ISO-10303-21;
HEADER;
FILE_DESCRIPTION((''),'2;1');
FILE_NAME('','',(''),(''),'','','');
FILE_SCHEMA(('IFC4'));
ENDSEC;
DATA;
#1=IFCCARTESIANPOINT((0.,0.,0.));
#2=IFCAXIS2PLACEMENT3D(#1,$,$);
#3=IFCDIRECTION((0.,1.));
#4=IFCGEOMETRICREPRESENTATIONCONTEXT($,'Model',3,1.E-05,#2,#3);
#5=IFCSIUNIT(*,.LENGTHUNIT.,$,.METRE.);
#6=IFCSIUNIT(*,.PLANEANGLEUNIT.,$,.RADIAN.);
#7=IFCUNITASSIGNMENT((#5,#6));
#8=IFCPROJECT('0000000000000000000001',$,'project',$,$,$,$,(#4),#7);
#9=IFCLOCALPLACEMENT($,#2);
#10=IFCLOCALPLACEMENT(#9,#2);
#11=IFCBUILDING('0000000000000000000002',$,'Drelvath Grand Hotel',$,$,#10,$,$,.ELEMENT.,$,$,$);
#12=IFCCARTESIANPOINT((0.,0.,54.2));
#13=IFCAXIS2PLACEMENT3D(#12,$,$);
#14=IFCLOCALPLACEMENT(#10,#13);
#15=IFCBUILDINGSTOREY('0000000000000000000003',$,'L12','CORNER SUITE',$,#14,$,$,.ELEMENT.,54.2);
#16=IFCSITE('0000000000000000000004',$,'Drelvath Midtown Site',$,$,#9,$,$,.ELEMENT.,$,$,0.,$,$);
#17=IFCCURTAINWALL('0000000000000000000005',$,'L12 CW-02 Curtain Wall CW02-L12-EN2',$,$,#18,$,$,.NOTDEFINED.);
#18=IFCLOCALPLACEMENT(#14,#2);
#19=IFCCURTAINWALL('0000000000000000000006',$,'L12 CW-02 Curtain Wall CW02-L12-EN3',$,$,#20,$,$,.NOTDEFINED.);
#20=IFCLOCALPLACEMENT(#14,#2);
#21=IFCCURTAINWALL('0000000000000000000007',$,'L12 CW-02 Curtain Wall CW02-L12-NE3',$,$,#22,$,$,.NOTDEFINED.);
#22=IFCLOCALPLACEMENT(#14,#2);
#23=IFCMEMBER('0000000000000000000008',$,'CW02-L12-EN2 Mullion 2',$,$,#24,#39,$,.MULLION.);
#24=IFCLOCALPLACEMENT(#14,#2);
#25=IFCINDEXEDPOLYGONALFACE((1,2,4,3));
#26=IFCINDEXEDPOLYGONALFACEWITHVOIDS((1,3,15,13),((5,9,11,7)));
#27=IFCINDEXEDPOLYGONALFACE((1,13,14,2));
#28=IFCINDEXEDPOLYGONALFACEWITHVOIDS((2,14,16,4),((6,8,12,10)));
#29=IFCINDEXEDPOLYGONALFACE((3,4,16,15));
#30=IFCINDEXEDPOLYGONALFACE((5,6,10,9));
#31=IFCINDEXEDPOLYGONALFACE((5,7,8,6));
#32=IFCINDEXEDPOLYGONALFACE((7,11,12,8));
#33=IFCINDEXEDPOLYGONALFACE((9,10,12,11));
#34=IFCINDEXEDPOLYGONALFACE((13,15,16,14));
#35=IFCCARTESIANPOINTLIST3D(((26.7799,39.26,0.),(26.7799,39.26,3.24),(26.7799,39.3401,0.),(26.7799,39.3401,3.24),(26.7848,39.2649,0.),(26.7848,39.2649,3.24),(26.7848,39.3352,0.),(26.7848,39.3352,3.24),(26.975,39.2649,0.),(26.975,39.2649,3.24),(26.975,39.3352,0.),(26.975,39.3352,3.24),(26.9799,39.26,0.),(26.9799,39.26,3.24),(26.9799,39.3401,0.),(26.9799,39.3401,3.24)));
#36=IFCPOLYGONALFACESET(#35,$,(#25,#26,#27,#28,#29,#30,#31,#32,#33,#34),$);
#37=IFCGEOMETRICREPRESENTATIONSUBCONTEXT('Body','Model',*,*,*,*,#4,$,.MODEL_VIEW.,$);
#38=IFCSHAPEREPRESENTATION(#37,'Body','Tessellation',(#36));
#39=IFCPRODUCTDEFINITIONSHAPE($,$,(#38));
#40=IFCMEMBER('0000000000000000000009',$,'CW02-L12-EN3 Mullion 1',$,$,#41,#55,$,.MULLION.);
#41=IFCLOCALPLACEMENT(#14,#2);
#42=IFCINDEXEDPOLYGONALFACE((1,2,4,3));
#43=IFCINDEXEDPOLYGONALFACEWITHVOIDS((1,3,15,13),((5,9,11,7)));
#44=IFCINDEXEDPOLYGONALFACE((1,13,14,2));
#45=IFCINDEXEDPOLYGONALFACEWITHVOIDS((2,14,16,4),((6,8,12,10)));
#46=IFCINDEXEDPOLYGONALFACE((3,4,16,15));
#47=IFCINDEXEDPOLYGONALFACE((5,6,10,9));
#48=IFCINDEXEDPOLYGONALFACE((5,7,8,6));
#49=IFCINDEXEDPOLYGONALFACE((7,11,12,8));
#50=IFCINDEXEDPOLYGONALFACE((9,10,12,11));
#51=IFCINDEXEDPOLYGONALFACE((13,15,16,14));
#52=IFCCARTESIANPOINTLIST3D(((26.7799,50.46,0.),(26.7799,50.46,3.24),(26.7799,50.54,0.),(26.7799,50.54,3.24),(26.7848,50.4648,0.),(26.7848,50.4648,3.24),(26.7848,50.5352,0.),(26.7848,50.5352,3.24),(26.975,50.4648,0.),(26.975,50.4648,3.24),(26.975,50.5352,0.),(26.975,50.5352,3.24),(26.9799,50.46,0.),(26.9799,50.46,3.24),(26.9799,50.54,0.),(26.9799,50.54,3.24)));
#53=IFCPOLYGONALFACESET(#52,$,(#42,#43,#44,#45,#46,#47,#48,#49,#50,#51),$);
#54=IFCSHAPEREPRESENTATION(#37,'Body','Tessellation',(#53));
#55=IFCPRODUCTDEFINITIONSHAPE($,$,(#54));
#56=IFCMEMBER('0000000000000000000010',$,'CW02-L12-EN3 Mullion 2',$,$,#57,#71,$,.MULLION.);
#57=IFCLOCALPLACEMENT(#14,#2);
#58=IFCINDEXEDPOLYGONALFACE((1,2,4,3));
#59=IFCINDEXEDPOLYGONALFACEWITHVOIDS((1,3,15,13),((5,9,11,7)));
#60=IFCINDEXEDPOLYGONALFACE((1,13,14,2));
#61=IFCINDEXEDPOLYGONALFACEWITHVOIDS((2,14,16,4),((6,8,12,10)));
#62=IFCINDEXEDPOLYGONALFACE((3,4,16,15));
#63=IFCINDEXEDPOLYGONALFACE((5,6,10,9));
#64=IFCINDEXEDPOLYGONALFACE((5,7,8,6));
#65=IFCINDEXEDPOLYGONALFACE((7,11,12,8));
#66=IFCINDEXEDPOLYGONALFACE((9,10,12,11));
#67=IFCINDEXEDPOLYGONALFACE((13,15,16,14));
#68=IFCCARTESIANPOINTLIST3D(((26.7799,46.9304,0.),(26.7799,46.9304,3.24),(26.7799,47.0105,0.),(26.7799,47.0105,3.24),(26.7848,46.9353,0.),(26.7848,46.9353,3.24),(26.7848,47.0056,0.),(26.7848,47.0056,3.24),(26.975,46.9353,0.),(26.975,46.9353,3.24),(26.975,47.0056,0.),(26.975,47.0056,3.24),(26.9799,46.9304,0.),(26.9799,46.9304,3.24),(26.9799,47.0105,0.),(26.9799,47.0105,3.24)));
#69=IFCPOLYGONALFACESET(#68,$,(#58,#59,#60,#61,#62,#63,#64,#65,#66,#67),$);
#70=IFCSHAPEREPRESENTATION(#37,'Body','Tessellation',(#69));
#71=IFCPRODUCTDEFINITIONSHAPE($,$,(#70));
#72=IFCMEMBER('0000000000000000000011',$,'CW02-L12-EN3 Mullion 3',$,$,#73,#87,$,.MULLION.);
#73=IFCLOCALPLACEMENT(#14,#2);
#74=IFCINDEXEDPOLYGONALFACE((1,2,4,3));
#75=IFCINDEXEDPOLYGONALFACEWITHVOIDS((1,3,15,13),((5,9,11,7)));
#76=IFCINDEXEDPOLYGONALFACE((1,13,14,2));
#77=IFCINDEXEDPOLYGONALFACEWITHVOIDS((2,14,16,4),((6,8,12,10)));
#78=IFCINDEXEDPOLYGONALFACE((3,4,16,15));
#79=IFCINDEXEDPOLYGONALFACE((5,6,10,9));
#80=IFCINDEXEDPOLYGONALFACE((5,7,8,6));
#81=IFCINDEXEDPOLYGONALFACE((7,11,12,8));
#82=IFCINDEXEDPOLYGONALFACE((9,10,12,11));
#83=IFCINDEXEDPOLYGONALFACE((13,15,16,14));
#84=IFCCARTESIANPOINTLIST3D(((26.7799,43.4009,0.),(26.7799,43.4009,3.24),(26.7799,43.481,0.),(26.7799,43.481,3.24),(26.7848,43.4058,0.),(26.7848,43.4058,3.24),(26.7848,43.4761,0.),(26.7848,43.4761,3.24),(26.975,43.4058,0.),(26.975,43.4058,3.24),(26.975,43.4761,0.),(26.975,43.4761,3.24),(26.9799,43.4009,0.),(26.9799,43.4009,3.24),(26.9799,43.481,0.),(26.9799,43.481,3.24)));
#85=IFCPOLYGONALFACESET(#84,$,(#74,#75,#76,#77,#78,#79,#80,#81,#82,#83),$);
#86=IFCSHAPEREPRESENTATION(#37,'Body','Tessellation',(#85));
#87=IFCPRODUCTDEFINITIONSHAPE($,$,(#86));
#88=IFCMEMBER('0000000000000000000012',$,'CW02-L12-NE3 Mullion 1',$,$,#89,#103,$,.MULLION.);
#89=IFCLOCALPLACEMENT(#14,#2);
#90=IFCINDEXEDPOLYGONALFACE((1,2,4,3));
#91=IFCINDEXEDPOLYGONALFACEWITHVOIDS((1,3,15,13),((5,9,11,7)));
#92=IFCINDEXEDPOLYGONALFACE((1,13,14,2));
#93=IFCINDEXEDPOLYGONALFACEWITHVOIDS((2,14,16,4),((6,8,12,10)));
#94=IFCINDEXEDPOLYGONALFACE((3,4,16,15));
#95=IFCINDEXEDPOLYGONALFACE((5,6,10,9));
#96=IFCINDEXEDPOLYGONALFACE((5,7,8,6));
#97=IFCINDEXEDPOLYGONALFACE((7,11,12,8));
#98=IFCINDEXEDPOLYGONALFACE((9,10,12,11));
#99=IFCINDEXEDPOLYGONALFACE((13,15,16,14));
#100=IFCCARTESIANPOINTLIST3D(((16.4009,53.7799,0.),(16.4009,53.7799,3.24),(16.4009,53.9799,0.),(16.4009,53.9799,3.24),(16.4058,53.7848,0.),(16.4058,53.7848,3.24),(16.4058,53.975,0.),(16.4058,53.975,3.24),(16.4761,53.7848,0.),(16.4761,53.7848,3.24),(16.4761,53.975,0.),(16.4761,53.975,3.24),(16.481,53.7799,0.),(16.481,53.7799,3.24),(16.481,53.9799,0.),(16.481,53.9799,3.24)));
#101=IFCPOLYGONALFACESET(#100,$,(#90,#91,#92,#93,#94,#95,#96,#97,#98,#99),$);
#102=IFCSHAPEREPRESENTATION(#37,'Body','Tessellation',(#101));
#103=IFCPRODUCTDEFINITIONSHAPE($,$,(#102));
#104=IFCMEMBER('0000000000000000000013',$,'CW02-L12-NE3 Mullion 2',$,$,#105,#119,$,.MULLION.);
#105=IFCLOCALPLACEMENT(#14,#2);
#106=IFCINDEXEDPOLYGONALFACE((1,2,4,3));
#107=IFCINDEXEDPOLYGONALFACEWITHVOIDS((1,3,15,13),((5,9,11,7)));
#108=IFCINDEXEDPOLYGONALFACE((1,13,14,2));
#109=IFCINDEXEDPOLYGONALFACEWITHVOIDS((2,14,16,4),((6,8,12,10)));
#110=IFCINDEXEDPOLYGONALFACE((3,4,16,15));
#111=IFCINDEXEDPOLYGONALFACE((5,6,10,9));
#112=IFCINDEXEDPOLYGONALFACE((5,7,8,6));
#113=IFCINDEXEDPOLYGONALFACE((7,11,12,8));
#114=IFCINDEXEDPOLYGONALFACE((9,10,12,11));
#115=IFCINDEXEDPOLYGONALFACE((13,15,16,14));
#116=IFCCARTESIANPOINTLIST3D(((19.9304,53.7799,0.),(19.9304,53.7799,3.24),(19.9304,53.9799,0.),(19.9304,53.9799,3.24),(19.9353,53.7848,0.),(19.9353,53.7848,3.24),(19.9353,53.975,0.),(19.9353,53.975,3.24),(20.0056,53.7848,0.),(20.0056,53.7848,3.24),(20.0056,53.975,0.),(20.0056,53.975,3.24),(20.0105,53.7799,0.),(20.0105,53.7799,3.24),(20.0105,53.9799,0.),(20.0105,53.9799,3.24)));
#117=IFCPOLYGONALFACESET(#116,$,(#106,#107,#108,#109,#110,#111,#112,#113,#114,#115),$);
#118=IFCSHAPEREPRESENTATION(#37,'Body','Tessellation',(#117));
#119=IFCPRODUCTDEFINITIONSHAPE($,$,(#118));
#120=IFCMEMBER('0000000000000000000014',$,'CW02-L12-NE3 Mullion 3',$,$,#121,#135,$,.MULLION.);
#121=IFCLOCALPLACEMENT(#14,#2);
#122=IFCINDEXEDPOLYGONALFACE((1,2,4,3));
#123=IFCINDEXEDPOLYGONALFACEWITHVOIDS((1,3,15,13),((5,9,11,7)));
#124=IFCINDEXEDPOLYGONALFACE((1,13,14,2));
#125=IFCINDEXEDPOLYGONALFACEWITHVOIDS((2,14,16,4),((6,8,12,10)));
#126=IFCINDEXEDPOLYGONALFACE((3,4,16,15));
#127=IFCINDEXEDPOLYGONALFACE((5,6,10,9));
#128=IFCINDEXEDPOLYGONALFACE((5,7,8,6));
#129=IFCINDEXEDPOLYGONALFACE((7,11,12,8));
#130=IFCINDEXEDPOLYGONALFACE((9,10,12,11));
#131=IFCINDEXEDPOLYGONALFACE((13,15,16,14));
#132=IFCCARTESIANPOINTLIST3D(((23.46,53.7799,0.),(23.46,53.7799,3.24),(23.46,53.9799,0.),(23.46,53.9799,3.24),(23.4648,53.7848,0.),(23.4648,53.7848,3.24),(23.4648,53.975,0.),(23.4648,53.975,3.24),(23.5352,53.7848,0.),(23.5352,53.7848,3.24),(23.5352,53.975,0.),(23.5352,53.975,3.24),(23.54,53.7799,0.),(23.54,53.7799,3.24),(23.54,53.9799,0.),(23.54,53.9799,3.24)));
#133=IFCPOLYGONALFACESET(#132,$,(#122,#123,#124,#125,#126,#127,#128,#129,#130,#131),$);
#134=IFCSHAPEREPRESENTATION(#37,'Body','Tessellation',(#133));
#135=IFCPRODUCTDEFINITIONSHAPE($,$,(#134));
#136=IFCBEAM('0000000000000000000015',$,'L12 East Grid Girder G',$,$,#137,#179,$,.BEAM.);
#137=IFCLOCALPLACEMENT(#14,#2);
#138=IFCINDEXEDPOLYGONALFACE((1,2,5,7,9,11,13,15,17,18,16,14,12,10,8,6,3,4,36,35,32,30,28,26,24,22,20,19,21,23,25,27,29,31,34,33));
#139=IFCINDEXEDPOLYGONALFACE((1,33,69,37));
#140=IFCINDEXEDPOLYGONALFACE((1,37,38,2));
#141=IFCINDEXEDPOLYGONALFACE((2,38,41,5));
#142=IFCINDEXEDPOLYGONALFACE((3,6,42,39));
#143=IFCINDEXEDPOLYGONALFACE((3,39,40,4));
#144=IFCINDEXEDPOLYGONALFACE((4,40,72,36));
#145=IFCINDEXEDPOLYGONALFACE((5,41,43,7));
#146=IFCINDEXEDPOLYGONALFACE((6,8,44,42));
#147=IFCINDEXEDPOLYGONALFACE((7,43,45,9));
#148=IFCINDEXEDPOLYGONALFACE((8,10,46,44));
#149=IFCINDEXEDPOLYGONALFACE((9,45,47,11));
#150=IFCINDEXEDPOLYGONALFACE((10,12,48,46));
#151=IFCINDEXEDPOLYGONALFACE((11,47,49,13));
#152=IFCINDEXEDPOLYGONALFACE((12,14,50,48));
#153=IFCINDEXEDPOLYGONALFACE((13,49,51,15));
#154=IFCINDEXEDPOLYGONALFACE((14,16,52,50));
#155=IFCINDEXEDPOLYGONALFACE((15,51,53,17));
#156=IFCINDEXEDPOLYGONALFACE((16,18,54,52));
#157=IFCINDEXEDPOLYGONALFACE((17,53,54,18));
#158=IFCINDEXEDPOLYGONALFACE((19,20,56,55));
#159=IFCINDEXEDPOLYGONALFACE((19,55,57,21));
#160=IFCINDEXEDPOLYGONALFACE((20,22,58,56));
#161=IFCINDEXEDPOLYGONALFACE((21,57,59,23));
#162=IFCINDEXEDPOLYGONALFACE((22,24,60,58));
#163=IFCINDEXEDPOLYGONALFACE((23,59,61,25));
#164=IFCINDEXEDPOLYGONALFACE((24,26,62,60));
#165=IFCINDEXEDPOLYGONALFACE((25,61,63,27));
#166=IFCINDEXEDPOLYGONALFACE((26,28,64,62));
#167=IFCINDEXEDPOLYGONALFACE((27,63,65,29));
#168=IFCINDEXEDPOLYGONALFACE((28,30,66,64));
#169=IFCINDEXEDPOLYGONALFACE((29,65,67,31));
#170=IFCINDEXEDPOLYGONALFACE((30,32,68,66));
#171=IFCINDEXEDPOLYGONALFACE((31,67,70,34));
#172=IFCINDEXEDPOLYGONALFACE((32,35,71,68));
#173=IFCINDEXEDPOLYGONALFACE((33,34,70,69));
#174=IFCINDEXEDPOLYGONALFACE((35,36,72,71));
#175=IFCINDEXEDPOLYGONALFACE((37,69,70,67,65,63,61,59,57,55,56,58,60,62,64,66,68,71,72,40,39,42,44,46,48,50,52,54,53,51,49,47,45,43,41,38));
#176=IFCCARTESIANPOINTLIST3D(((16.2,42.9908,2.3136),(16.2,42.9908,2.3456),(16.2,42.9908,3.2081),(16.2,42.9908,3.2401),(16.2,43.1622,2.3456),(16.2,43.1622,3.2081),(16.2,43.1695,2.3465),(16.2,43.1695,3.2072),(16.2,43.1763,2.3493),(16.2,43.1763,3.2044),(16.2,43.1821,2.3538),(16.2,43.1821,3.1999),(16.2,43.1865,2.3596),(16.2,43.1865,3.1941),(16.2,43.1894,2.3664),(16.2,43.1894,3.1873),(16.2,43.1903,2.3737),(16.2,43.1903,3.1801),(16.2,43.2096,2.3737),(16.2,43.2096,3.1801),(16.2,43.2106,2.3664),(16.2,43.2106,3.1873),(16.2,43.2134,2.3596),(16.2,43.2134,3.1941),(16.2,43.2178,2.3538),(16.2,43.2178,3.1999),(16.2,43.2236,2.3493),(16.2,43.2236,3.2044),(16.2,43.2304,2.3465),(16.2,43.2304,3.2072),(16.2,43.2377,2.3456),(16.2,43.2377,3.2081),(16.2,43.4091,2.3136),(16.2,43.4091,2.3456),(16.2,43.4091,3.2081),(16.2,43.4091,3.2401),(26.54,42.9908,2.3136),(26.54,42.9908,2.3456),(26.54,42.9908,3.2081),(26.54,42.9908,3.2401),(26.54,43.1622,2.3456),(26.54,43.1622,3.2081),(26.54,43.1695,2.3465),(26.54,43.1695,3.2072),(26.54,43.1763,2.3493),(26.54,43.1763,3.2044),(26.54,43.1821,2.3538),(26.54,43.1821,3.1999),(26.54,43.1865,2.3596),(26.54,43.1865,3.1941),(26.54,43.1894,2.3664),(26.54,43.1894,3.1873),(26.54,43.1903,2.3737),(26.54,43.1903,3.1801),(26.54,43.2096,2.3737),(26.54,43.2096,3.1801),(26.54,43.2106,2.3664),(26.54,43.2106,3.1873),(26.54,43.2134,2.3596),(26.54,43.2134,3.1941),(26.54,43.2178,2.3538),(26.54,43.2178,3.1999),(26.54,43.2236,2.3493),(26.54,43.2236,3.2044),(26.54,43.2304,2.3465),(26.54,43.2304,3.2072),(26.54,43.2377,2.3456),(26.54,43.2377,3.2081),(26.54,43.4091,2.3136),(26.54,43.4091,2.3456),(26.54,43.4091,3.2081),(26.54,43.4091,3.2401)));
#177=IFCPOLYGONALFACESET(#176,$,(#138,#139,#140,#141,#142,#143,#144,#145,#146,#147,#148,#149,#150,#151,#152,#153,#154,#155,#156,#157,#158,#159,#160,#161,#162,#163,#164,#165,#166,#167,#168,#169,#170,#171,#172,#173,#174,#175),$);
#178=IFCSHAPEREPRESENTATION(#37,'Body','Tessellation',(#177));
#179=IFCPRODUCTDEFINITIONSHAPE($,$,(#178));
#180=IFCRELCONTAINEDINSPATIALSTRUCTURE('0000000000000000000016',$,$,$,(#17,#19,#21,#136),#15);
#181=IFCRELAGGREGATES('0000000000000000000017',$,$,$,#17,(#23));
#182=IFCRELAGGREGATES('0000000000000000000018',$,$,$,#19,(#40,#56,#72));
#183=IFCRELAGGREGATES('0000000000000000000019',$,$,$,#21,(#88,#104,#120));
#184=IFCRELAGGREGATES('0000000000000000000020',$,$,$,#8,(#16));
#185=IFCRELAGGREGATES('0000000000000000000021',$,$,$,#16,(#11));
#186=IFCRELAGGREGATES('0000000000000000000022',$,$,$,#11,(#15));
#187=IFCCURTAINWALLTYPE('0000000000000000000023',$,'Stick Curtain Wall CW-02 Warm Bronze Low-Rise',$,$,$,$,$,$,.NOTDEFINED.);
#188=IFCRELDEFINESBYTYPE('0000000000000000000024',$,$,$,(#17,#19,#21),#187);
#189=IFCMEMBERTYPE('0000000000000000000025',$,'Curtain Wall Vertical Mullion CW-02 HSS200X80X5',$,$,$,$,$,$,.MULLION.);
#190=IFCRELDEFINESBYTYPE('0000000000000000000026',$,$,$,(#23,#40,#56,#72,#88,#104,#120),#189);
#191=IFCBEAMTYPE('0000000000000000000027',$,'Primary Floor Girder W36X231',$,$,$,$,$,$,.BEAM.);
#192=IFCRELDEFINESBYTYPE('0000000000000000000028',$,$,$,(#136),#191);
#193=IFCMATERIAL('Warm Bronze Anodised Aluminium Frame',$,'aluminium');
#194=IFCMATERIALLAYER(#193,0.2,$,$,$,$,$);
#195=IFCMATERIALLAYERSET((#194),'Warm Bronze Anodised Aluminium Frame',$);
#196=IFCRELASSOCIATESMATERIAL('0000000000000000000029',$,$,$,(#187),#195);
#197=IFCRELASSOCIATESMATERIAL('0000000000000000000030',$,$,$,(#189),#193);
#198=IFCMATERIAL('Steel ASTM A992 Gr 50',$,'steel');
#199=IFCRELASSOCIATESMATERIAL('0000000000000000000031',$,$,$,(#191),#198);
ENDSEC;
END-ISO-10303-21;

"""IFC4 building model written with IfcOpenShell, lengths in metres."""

from ifc_helpers import new_model, si_unit, direction, frame, origin, origin_2d, place, context, subcontext, project, spatial, hollow_rectangle, i_section, extrude, material, layer, layer_set, material_profile, profile_set, type_object, element, aggregate, save


model = new_model("IFC4")

# Units and contexts
model_context = context("Model", 3, precision=1e-05, world=origin(), true_north=direction((0.0, 1.0)))
body_context = subcontext(model_context, "Body", "Model", "MODEL_VIEW")
ifc_project = project(units=[si_unit("LENGTHUNIT", "METRE"), si_unit("PLANEANGLEUNIT", "RADIAN")], contexts=[model_context])

# Site, building, storey
site_placement = place(None, origin())
site = spatial("IfcSite", under=ifc_project, at=site_placement, Name="Drelvath Midtown Site", CompositionType="ELEMENT", RefElevation=0.0)
building_placement = place(site_placement, origin())
building = spatial("IfcBuilding", under=site, at=building_placement, Name="Drelvath Grand Hotel", CompositionType="ELEMENT")
storey_placement = place(building_placement, frame((0.0, 0.0, 54.2)))
storey = spatial("IfcBuildingStorey", under=building, at=storey_placement, Name="L12", Description="CORNER SUITE", CompositionType="ELEMENT", Elevation=54.2)

# Curtain walls
ifc_material_1 = material(Name="Warm Bronze Anodised Aluminium Frame", Category="aluminium")
ifc_layer_1 = layer(ifc_material_1, 0.2)
ifc_layer_set_1 = layer_set([ifc_layer_1], Name="Warm Bronze Anodised Aluminium Frame")
curtain_wall_type = type_object("IfcCurtainWallType", Name="Stick Curtain Wall CW-02 Warm Bronze Low-Rise", PredefinedType="NOTDEFINED", material=ifc_layer_set_1)
curtain_wall_1_placement = place(storey_placement, origin())
curtain_wall_1 = element("IfcCurtainWall", 1, at=curtain_wall_1_placement, inside=storey, type_object=curtain_wall_type, Name="L12 CW-02 Curtain Wall CW02-L12-EN2", PredefinedType="NOTDEFINED")
curtain_wall_2_placement = place(storey_placement, origin())
curtain_wall_2 = element("IfcCurtainWall", 2, at=curtain_wall_2_placement, inside=storey, type_object=curtain_wall_type, Name="L12 CW-02 Curtain Wall CW02-L12-EN3", PredefinedType="NOTDEFINED")
curtain_wall_3_placement = place(storey_placement, origin())
curtain_wall_3 = element("IfcCurtainWall", 3, at=curtain_wall_3_placement, inside=storey, type_object=curtain_wall_type, Name="L12 CW-02 Curtain Wall CW02-L12-NE3", PredefinedType="NOTDEFINED")

# Members
ifc_material_profile_1 = material_profile(ifc_material_1, hollow_rectangle(XDim=0.0801, YDim=0.2, WallThickness=0.0049, at=origin_2d()), Name="HSS200X80X5")
ifc_profile_set_1 = profile_set([ifc_material_profile_1], Name="Warm Bronze Anodised Aluminium Frame")
member_type_1 = type_object("IfcMemberType", Name="Curtain Wall Vertical Mullion CW-02 HSS200X80X5", PredefinedType="MULLION", material=ifc_profile_set_1)
member_1_placement = place(storey_placement, frame((26.8799, 39.3, 0.0), z_axis=(0.0, 0.0, 1.0), x_axis=(0.0, 1.0, 0.0)))
member_1 = element("IfcMember", 4, at=member_1_placement, type_object=member_type_1, Name="CW02-L12-EN2 Mullion 2", PredefinedType="MULLION", context=body_context, shape_type="SweptSolid", body=[
    extrude(hollow_rectangle(XDim=0.0801, YDim=0.2, WallThickness=0.0049, at=origin_2d()), origin(), (0.0, 0.0, 1.0), 3.24),
])
member_2_placement = place(storey_placement, frame((26.8799, 50.5, 0.0), z_axis=(0.0, 0.0, 1.0), x_axis=(0.0, 1.0, 0.0)))
member_2 = element("IfcMember", 5, at=member_2_placement, type_object=member_type_1, Name="CW02-L12-EN3 Mullion 1", PredefinedType="MULLION", context=body_context, shape_type="SweptSolid", body=[
    extrude(hollow_rectangle(XDim=0.0801, YDim=0.2, WallThickness=0.0049, at=origin_2d()), origin(), (0.0, 0.0, 1.0), 3.24),
])
member_3_placement = place(storey_placement, frame((26.8799, 46.9705, 0.0), z_axis=(0.0, 0.0, 1.0), x_axis=(0.0, 1.0, 0.0)))
member_3 = element("IfcMember", 6, at=member_3_placement, type_object=member_type_1, Name="CW02-L12-EN3 Mullion 2", PredefinedType="MULLION", context=body_context, shape_type="SweptSolid", body=[
    extrude(hollow_rectangle(XDim=0.0801, YDim=0.2, WallThickness=0.0049, at=origin_2d()), origin(), (0.0, 0.0, 1.0), 3.24),
])
member_4_placement = place(storey_placement, frame((26.8799, 43.4409, 0.0), z_axis=(0.0, 0.0, 1.0), x_axis=(0.0, 1.0, 0.0)))
member_4 = element("IfcMember", 7, at=member_4_placement, type_object=member_type_1, Name="CW02-L12-EN3 Mullion 3", PredefinedType="MULLION", context=body_context, shape_type="SweptSolid", body=[
    extrude(hollow_rectangle(XDim=0.0801, YDim=0.2, WallThickness=0.0049, at=origin_2d()), origin(), (0.0, 0.0, 1.0), 3.24),
])
member_5_placement = place(storey_placement, frame((16.4409, 53.8799, 0.0), z_axis=(0.0, 0.0, 1.0), x_axis=(1.0, 0.0, 0.0)))
member_5 = element("IfcMember", 8, at=member_5_placement, type_object=member_type_1, Name="CW02-L12-NE3 Mullion 1", PredefinedType="MULLION", context=body_context, shape_type="SweptSolid", body=[
    extrude(hollow_rectangle(XDim=0.0801, YDim=0.2, WallThickness=0.0049, at=origin_2d()), origin(), (0.0, 0.0, 1.0), 3.24),
])
member_6_placement = place(storey_placement, frame((19.9705, 53.8799, 0.0), z_axis=(0.0, 0.0, 1.0), x_axis=(1.0, 0.0, 0.0)))
member_6 = element("IfcMember", 9, at=member_6_placement, type_object=member_type_1, Name="CW02-L12-NE3 Mullion 2", PredefinedType="MULLION", context=body_context, shape_type="SweptSolid", body=[
    extrude(hollow_rectangle(XDim=0.0801, YDim=0.2, WallThickness=0.0049, at=origin_2d()), origin(), (0.0, 0.0, 1.0), 3.24),
])
member_7_placement = place(storey_placement, frame((23.5, 53.8799, 0.0), z_axis=(0.0, 0.0, 1.0), x_axis=(1.0, 0.0, 0.0)))
member_7 = element("IfcMember", 10, at=member_7_placement, type_object=member_type_1, Name="CW02-L12-NE3 Mullion 3", PredefinedType="MULLION", context=body_context, shape_type="SweptSolid", body=[
    extrude(hollow_rectangle(XDim=0.0801, YDim=0.2, WallThickness=0.0049, at=origin_2d()), origin(), (0.0, 0.0, 1.0), 3.24),
])

# Beam
ifc_material_2 = material(Name="Steel ASTM A992 Gr 50", Category="steel")
ifc_material_profile_2 = material_profile(ifc_material_2, i_section(OverallWidth=0.4182, OverallDepth=0.9265, WebThickness=0.0193, FlangeThickness=0.032, FilletRadius=0.0281, at=origin_2d()), Name="W36X231")
ifc_profile_set_2 = profile_set([ifc_material_profile_2], Name="Steel ASTM A992 Gr 50")
beam_type = type_object("IfcBeamType", Name="Primary Floor Girder W36X231", PredefinedType="BEAM", material=ifc_profile_set_2)
for number, where, z_axis, x_axis, name in (
    (11, (16.2, 43.2, 2.7769), (1.0, 0.0, 0.0), (0.0, 1.0, 0.0), "L12 East Grid Girder G"),
):
    element("IfcBeam", number, at=place(storey_placement, frame(where, z_axis=z_axis, x_axis=x_axis)), inside=storey, type_object=beam_type, Name=name, PredefinedType="BEAM", context=body_context, shape_type="SweptSolid", body=[
        extrude(i_section(OverallWidth=0.4182, OverallDepth=0.9265, WebThickness=0.0193, FlangeThickness=0.032, FilletRadius=0.0281, at=origin_2d()), origin(), (0.0, 0.0, 1.0), 10.3401),
    ])

aggregate(curtain_wall_1, [member_1])
aggregate(curtain_wall_2, [member_2, member_3, member_4])
aggregate(curtain_wall_3, [member_5, member_6, member_7])

save(model, "model.ifc")
